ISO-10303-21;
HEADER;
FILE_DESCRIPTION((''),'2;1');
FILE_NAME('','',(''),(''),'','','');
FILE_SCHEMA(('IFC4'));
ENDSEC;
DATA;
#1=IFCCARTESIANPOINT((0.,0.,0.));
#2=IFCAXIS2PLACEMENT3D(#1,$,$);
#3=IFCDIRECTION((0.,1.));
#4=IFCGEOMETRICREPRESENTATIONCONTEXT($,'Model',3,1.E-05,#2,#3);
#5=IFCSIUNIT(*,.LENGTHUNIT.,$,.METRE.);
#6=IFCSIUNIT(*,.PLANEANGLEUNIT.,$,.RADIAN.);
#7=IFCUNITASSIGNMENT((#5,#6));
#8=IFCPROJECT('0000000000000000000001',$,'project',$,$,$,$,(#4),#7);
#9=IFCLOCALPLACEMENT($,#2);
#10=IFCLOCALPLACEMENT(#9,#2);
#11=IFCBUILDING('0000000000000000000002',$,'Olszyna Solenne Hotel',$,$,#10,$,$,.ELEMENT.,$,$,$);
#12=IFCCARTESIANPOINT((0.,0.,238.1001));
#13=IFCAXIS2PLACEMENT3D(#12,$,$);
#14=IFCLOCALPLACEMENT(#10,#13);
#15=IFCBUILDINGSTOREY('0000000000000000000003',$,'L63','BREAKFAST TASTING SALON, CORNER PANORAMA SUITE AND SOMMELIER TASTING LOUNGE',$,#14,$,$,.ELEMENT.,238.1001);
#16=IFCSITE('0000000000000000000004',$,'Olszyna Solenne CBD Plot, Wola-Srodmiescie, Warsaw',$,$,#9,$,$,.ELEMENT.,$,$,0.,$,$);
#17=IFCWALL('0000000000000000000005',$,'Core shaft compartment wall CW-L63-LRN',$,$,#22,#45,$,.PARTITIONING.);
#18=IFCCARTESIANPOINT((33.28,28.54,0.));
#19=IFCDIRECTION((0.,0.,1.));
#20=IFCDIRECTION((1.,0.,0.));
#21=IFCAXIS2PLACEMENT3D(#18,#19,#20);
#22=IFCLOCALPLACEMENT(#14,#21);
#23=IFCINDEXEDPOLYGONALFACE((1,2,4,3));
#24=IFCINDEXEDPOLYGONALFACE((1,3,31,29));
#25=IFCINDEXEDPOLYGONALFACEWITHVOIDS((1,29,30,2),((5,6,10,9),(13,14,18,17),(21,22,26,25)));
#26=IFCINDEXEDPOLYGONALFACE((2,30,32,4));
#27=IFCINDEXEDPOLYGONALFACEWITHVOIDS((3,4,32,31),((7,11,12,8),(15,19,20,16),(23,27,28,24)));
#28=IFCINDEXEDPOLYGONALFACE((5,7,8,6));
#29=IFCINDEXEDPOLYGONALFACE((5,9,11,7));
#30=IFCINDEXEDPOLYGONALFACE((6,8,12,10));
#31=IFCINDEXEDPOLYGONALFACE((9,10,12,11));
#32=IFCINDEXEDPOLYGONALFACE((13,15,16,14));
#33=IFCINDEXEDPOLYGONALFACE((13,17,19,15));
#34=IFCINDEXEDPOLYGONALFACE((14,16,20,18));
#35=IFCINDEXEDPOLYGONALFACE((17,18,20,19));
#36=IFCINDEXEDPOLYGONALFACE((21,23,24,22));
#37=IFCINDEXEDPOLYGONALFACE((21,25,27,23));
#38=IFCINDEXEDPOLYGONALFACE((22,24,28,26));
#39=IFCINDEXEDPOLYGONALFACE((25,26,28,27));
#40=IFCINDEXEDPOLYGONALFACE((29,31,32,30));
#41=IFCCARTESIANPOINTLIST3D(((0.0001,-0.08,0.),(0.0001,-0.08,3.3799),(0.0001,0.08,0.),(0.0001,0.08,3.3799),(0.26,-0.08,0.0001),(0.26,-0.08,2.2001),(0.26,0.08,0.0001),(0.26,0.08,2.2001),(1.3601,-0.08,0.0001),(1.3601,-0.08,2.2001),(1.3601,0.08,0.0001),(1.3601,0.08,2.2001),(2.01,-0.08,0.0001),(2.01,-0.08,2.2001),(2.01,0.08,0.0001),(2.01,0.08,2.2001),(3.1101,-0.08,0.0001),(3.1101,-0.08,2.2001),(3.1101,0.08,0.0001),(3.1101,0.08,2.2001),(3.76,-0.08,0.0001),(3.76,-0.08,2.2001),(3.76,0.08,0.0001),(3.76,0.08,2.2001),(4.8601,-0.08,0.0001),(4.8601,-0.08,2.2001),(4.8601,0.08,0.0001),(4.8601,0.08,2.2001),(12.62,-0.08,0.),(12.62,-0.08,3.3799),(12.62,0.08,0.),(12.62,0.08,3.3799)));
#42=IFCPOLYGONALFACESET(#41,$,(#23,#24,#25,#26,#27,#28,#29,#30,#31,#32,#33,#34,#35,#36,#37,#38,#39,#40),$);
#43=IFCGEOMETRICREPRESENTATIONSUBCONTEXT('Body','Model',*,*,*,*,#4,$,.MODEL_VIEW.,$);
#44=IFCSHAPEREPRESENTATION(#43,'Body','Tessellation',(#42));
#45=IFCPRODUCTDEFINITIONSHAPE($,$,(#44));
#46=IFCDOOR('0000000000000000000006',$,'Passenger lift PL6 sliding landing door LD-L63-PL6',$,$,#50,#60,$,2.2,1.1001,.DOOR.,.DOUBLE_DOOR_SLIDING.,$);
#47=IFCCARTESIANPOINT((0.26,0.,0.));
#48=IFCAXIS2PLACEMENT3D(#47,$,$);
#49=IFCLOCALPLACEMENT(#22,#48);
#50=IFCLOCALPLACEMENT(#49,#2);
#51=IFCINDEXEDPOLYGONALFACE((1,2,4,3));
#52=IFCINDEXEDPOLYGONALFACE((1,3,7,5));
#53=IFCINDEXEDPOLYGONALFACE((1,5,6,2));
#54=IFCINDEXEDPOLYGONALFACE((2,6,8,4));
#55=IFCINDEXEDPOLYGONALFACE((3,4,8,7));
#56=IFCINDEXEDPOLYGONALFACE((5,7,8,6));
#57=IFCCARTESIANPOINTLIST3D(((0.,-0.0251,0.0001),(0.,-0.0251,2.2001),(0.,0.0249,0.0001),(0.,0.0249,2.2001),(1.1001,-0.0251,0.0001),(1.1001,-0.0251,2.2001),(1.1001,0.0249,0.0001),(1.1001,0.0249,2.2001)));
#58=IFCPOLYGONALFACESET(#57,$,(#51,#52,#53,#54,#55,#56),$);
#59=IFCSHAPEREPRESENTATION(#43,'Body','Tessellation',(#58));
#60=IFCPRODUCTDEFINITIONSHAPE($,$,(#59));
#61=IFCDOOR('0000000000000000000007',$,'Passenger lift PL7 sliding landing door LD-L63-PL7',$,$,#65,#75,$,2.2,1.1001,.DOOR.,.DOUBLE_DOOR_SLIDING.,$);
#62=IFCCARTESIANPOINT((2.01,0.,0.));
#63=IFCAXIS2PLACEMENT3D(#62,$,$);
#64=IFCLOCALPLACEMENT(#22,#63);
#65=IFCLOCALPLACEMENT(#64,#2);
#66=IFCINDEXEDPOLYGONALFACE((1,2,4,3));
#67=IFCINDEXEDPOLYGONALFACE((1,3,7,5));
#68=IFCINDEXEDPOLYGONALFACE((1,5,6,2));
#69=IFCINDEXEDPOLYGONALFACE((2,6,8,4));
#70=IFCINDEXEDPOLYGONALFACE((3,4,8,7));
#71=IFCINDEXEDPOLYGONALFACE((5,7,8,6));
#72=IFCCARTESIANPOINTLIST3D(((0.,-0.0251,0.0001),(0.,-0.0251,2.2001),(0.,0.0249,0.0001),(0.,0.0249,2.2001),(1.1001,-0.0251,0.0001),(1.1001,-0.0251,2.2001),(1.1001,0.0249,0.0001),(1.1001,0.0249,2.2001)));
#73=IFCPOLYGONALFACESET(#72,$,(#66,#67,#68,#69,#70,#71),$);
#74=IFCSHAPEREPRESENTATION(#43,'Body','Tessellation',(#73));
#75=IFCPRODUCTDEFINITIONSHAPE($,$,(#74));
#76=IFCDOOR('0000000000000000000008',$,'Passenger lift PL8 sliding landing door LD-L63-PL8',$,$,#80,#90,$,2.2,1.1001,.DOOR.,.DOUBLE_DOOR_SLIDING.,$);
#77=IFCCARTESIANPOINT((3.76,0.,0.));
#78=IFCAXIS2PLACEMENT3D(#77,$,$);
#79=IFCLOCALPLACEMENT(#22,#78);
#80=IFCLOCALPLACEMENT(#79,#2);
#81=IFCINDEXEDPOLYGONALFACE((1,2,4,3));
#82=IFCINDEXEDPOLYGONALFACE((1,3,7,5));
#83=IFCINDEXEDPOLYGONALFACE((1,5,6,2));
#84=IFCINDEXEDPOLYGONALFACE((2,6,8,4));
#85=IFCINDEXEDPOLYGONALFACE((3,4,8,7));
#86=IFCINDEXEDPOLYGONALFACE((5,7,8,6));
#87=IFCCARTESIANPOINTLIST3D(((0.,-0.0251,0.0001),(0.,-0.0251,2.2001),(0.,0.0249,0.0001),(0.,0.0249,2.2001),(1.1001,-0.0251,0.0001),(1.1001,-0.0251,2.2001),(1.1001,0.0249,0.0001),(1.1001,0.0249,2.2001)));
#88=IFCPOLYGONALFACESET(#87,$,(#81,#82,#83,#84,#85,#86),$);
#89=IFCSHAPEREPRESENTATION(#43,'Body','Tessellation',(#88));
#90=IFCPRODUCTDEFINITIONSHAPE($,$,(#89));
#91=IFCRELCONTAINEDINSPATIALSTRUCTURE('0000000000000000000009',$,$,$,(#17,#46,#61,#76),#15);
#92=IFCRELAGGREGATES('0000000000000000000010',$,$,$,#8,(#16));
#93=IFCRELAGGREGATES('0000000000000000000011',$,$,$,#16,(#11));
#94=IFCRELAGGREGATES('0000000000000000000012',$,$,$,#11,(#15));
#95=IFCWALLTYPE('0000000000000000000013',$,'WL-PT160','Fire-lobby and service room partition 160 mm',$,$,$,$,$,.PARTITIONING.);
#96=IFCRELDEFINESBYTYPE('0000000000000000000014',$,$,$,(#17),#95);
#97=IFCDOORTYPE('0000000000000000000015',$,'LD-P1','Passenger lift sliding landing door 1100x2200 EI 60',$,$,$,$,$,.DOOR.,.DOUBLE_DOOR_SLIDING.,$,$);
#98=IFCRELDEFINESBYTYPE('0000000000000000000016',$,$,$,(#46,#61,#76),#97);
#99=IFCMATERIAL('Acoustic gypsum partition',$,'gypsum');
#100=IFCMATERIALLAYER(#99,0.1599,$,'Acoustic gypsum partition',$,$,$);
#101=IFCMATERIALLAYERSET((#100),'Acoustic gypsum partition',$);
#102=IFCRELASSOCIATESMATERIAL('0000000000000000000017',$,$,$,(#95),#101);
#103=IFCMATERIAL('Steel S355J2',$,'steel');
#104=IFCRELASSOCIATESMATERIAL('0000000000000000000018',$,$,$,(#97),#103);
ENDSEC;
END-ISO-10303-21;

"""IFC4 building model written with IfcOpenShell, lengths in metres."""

from ifc_helpers import new_model, si_unit, direction, frame, frame_2d, origin, place, context, subcontext, project, spatial, rectangle, extrude, source, transform, mapped, material, layer, layer_set, type_object, type_shapes, element, fill, save


model = new_model("IFC4")

# Units and contexts
model_context = context("Model", 3, precision=1e-05, world=origin(), true_north=direction((0.0, 1.0)))
body_context = subcontext(model_context, "Body", "Model", "MODEL_VIEW")
ifc_project = project(units=[si_unit("LENGTHUNIT", "METRE"), si_unit("PLANEANGLEUNIT", "RADIAN")], contexts=[model_context])

# Site, building, storey
site_placement = place(None, origin())
site = spatial("IfcSite", under=ifc_project, at=site_placement, Name="Olszyna Solenne CBD Plot, Wola-Srodmiescie, Warsaw", CompositionType="ELEMENT", RefElevation=0.0)
building_placement = place(site_placement, origin())
building = spatial("IfcBuilding", under=site, at=building_placement, Name="Olszyna Solenne Hotel", CompositionType="ELEMENT")
storey_placement = place(building_placement, frame((0.0, 0.0, 238.1001)))
storey = spatial("IfcBuildingStorey", under=building, at=storey_placement, Name="L63", Description="BREAKFAST TASTING SALON, CORNER PANORAMA SUITE AND SOMMELIER TASTING LOUNGE", CompositionType="ELEMENT", Elevation=238.1001)

# Shared definitions
ifc_material_1 = material(Name="Steel S355J2", Category="steel")

# Shared definitions
ifc_material_2 = material(Name="Acoustic gypsum partition", Category="gypsum")
ifc_layer_1 = layer(ifc_material_2, 0.1599, Name="Acoustic gypsum partition")
ifc_layer_set_1 = layer_set([ifc_layer_1], Name="Acoustic gypsum partition")
wall_type_1 = type_object("IfcWallType", Name="WL-PT160", Description="Fire-lobby and service room partition 160 mm", PredefinedType="PARTITIONING", material=ifc_layer_set_1)

# Shared definitions
door_type_1 = type_object("IfcDoorType", Name="LD-P1", Description="Passenger lift sliding landing door 1100x2200 EI 60", OperationType="DOUBLE_DOOR_SLIDING", PredefinedType="DOOR", material=ifc_material_1)
shared_shape_1 = source(origin(), body_context, "Body", "SweptSolid", [
    extrude(rectangle(XDim=1.1001, YDim=2.2, at=frame_2d((0.55, 1.1001))), frame((0.0, 0.0249, 0.0), z_axis=(0.0, -1.0, 0.0), x_axis=(1.0, 0.0, 0.0)), (0.0, 0.0, 1.0), 0.05),
])
type_shapes(door_type_1, [shared_shape_1])

# Wall, openings, doors
wall_1_placement = place(storey_placement, frame((33.28, 28.54, 0.0), z_axis=(0.0, 0.0, 1.0), x_axis=(1.0, 0.0, 0.0)))
wall_1 = element("IfcWall", 1, at=wall_1_placement, inside=storey, type_object=wall_type_1, Name="Core shaft compartment wall CW-L63-LRN", PredefinedType="PARTITIONING", context=body_context, shape_type="SweptSolid", body=[
    extrude(rectangle(XDim=12.6199, YDim=0.1599, at=frame_2d((6.3101, 0.0))), origin(), (0.0, 0.0, 1.0), 3.3799),
])
opening_1_placement = place(wall_1_placement, frame((0.26, 0.0, 0.0)))
opening_1 = element("IfcOpeningElement", 2, at=opening_1_placement, cuts=wall_1, PredefinedType="OPENING", context=body_context, shape_type="SweptSolid", body=[
    extrude(rectangle(XDim=1.1001, YDim=2.2, at=frame_2d((0.55, 1.1001))), frame((0.0, 0.0898, 0.0), z_axis=(0.0, -1.0, 0.0), x_axis=(1.0, 0.0, 0.0)), (0.0, 0.0, 1.0), 0.1799),
])
opening_2_placement = place(wall_1_placement, frame((2.01, 0.0, 0.0)))
opening_2 = element("IfcOpeningElement", 3, at=opening_2_placement, cuts=wall_1, PredefinedType="OPENING", context=body_context, shape_type="SweptSolid", body=[
    extrude(rectangle(XDim=1.1001, YDim=2.2, at=frame_2d((0.55, 1.1001))), frame((0.0, 0.0898, 0.0), z_axis=(0.0, -1.0, 0.0), x_axis=(1.0, 0.0, 0.0)), (0.0, 0.0, 1.0), 0.1799),
])
opening_3_placement = place(wall_1_placement, frame((3.76, 0.0, 0.0)))
opening_3 = element("IfcOpeningElement", 4, at=opening_3_placement, cuts=wall_1, PredefinedType="OPENING", context=body_context, shape_type="SweptSolid", body=[
    extrude(rectangle(XDim=1.1001, YDim=2.2, at=frame_2d((0.55, 1.1001))), frame((0.0, 0.0898, 0.0), z_axis=(0.0, -1.0, 0.0), x_axis=(1.0, 0.0, 0.0)), (0.0, 0.0, 1.0), 0.1799),
])
door_1_placement = place(opening_1_placement, origin())
door_1 = element("IfcDoor", 5, at=door_1_placement, inside=storey, type_object=door_type_1, Name="Passenger lift PL6 sliding landing door LD-L63-PL6", OperationType="DOUBLE_DOOR_SLIDING", OverallHeight=2.2, OverallWidth=1.1001, PredefinedType="DOOR", context=body_context, shape_type="MappedRepresentation", body=[
    mapped(shared_shape_1, transform((0.0, 0.0, 0.0), x_axis=(1.0, 0.0, 0.0), y_axis=(0.0, 1.0, 0.0), z_axis=(0.0, 0.0, 1.0), scale=1.0)),
])
fill(opening_1, door_1)
door_2_placement = place(opening_2_placement, origin())
door_2 = element("IfcDoor", 6, at=door_2_placement, inside=storey, type_object=door_type_1, Name="Passenger lift PL7 sliding landing door LD-L63-PL7", OperationType="DOUBLE_DOOR_SLIDING", OverallHeight=2.2, OverallWidth=1.1001, PredefinedType="DOOR", context=body_context, shape_type="MappedRepresentation", body=[
    mapped(shared_shape_1, transform((0.0, 0.0, 0.0), x_axis=(1.0, 0.0, 0.0), y_axis=(0.0, 1.0, 0.0), z_axis=(0.0, 0.0, 1.0), scale=1.0)),
])
fill(opening_2, door_2)
door_3_placement = place(opening_3_placement, origin())
door_3 = element("IfcDoor", 7, at=door_3_placement, inside=storey, type_object=door_type_1, Name="Passenger lift PL8 sliding landing door LD-L63-PL8", OperationType="DOUBLE_DOOR_SLIDING", OverallHeight=2.2, OverallWidth=1.1001, PredefinedType="DOOR", context=body_context, shape_type="MappedRepresentation", body=[
    mapped(shared_shape_1, transform((0.0, 0.0, 0.0), x_axis=(1.0, 0.0, 0.0), y_axis=(0.0, 1.0, 0.0), z_axis=(0.0, 0.0, 1.0), scale=1.0)),
])
fill(opening_3, door_3)

save(model, "model.ifc")
